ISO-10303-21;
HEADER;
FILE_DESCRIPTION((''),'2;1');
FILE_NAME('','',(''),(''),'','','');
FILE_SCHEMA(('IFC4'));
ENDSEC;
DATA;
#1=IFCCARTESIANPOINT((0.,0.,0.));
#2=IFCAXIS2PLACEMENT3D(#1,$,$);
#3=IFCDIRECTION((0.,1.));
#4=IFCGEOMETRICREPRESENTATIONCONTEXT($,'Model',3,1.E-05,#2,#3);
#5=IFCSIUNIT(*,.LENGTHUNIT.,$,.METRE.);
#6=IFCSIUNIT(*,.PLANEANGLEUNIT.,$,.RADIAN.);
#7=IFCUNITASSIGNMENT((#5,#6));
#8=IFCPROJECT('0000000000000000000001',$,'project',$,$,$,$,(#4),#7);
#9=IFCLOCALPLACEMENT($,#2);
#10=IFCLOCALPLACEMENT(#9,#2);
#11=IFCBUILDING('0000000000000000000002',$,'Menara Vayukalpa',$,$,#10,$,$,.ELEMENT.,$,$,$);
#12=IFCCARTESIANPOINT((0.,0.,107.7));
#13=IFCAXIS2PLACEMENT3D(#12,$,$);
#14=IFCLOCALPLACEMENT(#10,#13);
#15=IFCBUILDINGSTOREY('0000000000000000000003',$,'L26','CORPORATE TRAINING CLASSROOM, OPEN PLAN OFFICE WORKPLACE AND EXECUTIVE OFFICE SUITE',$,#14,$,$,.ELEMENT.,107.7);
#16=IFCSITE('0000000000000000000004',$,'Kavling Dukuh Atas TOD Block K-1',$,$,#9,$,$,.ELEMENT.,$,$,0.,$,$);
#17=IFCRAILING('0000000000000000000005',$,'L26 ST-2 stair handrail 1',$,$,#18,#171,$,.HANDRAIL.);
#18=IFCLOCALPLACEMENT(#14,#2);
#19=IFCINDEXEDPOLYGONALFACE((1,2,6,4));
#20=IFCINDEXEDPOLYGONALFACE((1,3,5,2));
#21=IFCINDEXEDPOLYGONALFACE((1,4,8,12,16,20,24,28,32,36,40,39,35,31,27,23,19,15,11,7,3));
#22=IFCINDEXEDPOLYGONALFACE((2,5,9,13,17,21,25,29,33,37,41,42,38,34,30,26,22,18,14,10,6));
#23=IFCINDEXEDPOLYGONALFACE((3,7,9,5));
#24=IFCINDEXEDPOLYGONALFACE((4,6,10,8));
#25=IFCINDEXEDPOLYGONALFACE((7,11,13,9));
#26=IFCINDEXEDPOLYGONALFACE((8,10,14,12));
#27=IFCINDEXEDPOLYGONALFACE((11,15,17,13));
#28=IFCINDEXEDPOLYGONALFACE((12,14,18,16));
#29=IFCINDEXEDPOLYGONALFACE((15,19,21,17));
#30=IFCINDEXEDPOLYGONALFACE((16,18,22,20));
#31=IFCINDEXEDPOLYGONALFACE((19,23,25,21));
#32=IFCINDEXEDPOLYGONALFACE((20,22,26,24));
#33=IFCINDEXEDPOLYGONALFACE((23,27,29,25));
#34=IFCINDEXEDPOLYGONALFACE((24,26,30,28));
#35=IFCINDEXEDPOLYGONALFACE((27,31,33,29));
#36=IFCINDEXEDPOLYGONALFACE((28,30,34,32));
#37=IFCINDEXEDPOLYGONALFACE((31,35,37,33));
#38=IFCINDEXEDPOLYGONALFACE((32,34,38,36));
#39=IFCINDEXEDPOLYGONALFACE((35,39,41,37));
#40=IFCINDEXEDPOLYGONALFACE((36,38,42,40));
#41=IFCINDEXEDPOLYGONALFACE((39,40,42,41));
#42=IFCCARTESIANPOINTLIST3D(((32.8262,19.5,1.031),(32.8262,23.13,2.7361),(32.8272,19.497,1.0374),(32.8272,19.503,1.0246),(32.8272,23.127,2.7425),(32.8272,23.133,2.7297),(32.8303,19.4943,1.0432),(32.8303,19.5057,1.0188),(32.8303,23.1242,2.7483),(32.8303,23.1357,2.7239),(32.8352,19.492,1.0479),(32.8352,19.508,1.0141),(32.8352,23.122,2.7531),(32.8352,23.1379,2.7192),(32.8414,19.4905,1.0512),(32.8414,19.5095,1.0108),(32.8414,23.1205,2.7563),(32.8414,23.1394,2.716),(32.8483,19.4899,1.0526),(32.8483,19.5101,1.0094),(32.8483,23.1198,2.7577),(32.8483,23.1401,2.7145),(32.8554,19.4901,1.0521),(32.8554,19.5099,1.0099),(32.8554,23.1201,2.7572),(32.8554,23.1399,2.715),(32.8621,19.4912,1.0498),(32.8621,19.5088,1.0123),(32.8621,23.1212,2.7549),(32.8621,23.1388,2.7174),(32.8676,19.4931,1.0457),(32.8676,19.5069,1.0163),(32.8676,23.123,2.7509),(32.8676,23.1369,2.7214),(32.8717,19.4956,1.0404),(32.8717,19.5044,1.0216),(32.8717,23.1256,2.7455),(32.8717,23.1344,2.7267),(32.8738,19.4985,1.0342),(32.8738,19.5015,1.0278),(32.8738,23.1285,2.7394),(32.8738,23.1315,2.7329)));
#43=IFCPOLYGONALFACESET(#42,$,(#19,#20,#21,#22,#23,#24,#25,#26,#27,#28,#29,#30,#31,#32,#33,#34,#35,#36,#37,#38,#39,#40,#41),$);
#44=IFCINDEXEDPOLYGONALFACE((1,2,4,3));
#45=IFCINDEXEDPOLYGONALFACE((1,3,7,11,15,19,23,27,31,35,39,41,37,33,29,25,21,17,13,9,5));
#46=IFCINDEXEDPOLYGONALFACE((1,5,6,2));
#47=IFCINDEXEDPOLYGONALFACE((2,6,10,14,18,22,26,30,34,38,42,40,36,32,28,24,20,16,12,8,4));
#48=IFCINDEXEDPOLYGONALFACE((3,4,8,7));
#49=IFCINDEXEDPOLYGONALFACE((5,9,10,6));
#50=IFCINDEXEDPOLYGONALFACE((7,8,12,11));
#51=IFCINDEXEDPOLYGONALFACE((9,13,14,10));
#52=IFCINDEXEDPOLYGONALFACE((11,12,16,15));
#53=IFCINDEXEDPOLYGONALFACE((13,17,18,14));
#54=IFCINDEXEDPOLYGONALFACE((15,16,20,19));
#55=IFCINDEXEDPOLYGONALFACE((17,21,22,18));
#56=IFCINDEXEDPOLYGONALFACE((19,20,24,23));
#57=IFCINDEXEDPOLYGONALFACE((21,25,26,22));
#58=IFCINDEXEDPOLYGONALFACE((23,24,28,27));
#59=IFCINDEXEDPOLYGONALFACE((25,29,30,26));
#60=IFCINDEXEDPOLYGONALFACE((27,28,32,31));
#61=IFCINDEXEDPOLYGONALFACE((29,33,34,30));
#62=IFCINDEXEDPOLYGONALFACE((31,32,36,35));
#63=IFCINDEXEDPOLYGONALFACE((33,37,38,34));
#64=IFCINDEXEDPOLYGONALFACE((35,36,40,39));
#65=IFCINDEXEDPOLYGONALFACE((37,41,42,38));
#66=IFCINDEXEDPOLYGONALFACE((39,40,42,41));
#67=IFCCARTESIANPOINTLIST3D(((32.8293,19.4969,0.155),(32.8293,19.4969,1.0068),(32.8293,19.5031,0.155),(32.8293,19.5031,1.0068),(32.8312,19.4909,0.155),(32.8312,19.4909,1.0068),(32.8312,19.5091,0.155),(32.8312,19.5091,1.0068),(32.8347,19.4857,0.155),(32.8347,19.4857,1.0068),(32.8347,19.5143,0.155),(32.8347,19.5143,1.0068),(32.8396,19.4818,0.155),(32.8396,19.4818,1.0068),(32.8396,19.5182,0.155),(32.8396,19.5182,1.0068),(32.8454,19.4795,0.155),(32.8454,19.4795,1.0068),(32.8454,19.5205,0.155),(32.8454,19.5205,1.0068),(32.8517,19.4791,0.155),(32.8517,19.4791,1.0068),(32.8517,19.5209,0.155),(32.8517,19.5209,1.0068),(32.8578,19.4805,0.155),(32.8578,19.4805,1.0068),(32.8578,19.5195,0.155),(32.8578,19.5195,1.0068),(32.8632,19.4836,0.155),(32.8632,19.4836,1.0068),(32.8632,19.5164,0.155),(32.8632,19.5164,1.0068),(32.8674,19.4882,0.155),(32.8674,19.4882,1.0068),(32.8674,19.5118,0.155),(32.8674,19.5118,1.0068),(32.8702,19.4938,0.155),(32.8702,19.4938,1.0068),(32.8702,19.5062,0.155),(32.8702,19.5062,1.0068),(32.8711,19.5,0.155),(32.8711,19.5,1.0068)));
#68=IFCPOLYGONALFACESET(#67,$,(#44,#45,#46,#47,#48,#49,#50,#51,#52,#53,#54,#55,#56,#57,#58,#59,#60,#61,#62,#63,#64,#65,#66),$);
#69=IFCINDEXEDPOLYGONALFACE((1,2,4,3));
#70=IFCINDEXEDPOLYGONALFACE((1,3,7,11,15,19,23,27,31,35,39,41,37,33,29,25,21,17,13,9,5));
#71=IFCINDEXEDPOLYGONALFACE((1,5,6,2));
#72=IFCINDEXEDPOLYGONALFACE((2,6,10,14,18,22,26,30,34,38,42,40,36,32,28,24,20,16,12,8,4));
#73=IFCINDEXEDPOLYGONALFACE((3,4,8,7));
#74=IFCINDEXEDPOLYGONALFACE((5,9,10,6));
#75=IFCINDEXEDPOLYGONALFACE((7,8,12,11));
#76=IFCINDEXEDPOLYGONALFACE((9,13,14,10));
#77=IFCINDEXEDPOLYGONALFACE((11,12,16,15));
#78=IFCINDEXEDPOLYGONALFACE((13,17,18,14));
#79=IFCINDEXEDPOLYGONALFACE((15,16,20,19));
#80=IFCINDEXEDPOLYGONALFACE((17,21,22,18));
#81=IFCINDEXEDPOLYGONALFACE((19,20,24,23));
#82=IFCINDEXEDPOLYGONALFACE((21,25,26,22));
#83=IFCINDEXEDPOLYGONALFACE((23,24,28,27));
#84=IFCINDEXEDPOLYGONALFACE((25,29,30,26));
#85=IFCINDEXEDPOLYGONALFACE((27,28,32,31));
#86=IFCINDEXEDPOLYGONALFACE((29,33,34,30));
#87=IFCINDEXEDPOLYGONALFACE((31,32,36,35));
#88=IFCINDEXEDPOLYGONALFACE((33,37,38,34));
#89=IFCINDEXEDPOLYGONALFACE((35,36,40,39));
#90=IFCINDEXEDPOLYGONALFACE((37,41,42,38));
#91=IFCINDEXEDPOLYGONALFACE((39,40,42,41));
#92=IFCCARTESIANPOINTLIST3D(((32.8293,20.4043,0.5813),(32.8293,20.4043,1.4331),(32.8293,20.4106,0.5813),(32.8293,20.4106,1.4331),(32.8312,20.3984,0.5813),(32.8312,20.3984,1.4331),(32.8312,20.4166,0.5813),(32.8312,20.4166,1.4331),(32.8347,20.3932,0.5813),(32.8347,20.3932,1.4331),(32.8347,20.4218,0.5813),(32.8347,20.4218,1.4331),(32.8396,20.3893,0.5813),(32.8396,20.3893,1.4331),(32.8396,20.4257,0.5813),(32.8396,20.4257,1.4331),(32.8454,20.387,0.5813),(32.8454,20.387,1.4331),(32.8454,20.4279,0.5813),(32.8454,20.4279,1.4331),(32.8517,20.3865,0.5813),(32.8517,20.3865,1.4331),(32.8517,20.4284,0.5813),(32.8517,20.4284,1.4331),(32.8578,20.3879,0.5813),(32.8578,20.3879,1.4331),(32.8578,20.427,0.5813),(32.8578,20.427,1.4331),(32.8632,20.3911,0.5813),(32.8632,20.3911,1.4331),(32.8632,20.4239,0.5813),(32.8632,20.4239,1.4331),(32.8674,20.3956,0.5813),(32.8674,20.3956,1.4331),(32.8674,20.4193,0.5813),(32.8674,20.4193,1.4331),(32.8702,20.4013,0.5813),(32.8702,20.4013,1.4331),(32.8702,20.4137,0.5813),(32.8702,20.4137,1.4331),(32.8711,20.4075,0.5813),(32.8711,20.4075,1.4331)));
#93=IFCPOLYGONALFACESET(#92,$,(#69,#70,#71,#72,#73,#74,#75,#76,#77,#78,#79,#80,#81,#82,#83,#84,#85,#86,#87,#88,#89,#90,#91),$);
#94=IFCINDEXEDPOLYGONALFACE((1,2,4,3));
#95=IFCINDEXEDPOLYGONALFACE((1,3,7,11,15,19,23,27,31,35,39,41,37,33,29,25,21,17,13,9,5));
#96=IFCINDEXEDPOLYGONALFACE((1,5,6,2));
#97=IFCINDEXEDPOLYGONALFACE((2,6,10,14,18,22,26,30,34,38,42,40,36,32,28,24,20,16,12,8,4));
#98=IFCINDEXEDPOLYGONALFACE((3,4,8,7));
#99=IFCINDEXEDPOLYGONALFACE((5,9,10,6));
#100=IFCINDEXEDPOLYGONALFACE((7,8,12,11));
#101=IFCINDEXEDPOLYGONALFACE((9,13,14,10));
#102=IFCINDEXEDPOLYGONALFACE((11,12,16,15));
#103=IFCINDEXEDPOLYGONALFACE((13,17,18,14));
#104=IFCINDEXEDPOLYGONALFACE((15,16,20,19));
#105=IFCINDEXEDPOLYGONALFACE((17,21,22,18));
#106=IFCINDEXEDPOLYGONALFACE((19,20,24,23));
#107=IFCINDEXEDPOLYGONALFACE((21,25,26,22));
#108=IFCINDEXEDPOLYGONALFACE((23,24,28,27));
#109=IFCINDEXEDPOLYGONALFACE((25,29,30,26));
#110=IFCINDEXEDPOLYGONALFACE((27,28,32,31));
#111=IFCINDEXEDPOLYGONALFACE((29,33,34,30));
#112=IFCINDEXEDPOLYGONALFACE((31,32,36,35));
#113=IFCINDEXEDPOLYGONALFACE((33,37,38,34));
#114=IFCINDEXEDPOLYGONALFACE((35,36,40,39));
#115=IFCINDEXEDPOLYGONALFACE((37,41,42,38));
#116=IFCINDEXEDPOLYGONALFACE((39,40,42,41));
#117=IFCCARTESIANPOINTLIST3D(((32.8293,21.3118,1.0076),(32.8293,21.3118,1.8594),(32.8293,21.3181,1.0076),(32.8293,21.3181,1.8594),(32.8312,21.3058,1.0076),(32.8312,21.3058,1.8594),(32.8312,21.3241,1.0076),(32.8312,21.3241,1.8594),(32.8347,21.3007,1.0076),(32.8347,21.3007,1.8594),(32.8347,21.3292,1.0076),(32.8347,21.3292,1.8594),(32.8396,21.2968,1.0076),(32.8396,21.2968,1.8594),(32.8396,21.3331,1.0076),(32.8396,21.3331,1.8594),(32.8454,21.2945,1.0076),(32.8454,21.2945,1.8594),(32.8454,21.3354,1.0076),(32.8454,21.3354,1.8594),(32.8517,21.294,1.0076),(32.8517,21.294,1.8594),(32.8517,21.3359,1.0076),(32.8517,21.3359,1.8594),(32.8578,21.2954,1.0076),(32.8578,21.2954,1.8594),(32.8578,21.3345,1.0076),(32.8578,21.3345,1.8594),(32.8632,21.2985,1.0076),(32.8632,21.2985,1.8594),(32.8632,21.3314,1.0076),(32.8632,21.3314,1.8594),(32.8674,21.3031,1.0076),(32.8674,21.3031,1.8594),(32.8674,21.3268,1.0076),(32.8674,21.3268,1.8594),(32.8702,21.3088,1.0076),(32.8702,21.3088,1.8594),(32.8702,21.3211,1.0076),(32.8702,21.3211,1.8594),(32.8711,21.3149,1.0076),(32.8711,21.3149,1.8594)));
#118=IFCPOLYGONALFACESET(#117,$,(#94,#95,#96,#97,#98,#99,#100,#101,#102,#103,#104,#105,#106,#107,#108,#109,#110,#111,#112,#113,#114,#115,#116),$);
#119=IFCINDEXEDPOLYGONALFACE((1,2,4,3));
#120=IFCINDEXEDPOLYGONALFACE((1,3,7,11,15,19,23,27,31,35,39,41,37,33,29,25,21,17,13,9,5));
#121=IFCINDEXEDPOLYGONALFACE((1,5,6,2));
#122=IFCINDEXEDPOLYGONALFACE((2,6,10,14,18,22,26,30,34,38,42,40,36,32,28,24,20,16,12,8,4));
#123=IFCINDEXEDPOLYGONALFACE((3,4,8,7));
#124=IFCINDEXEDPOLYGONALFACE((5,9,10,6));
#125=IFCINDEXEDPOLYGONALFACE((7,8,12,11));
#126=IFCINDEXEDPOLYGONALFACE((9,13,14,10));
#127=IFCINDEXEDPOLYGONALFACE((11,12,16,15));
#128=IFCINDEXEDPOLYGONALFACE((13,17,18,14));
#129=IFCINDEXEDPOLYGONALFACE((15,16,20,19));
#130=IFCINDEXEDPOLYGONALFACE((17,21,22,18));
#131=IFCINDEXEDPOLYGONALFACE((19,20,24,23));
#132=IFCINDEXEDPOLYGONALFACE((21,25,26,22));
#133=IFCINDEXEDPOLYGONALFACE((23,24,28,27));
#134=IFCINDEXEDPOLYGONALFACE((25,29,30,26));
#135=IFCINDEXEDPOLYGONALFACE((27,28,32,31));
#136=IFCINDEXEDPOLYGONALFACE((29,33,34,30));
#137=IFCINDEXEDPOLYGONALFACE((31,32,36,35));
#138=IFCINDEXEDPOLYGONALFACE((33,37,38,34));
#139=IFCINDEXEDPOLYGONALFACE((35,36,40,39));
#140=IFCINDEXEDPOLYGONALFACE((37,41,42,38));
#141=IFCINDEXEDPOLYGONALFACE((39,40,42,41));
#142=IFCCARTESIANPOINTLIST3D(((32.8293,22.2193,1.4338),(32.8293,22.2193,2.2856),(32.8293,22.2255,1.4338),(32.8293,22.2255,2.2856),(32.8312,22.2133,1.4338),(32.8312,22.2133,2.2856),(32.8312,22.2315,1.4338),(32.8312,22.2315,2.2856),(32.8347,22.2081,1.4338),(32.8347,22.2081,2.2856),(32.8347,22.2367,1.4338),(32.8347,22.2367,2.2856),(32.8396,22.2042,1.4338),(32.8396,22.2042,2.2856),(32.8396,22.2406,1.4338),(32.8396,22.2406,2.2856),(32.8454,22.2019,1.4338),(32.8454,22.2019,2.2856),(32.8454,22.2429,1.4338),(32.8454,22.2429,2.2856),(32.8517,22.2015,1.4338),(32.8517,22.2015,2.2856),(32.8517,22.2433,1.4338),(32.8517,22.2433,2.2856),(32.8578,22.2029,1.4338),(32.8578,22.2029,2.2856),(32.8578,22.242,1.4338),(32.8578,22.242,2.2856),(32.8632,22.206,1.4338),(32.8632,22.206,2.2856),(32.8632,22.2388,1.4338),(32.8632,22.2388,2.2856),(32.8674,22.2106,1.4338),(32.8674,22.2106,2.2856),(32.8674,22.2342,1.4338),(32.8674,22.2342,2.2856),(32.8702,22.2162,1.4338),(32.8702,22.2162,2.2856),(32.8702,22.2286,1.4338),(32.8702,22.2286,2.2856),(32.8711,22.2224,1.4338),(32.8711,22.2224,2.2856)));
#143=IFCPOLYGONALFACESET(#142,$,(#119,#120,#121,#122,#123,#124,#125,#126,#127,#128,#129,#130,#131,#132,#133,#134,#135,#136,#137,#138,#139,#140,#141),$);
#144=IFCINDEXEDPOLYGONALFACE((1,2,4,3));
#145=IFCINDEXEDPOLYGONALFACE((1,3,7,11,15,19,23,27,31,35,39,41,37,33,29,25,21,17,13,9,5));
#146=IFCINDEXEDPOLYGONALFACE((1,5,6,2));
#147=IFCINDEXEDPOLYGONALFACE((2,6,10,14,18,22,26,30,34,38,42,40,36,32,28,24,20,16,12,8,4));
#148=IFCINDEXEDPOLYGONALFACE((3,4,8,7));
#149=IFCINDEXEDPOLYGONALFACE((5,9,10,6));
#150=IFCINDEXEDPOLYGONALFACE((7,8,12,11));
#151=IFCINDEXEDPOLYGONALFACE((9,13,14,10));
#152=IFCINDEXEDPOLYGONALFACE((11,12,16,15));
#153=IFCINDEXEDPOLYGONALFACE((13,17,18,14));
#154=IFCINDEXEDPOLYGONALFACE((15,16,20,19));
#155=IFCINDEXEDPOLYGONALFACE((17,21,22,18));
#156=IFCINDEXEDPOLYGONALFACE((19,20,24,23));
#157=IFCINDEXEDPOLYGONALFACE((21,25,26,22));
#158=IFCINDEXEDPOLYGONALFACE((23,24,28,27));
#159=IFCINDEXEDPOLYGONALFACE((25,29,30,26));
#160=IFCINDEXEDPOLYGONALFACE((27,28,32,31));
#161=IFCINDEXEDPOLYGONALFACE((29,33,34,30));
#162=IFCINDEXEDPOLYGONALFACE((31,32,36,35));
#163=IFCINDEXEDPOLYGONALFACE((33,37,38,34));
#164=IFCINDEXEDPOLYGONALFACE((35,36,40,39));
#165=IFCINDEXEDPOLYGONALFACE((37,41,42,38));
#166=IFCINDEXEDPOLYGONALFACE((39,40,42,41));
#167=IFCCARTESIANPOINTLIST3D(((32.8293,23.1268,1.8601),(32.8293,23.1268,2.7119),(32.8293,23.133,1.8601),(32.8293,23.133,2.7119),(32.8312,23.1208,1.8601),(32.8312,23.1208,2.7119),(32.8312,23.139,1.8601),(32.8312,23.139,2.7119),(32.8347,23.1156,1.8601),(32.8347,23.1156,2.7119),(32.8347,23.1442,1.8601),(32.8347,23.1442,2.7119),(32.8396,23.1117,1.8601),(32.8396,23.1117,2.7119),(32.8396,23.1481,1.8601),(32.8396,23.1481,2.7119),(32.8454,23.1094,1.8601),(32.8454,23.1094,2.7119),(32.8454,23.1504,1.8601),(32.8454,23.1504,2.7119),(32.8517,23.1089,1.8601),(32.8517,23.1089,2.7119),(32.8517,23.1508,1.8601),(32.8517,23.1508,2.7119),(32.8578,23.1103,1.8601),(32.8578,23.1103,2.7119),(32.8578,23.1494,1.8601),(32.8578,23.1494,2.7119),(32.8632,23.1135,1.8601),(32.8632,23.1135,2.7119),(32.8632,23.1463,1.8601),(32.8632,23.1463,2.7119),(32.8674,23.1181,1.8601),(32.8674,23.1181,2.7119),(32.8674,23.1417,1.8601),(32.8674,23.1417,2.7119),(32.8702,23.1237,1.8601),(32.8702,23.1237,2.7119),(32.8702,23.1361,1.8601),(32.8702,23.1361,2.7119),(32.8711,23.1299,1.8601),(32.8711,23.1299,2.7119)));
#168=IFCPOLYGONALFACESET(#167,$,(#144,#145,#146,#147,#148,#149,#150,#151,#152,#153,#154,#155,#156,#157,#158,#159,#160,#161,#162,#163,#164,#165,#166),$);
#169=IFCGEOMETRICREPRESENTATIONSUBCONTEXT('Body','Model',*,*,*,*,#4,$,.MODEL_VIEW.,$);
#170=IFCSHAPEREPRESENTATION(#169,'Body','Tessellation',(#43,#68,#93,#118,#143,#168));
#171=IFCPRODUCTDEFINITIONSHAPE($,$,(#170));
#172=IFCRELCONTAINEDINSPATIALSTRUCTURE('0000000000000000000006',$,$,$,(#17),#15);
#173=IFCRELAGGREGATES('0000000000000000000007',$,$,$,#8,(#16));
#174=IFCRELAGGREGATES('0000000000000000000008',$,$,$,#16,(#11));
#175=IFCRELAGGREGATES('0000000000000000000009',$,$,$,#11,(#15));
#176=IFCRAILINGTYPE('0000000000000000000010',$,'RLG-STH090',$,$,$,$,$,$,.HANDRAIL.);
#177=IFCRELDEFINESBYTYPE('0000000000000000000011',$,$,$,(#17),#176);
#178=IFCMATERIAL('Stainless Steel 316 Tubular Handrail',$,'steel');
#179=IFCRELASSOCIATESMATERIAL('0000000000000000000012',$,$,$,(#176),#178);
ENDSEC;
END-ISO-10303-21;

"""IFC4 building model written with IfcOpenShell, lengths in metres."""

from ifc_helpers import new_model, si_unit, direction, frame, origin, origin_2d, place, context, subcontext, project, spatial, circle, extrude, material, type_object, element, save


model = new_model("IFC4")

# Units and contexts
model_context = context("Model", 3, precision=1e-05, world=origin(), true_north=direction((0.0, 1.0)))
body_context = subcontext(model_context, "Body", "Model", "MODEL_VIEW")
ifc_project = project(units=[si_unit("LENGTHUNIT", "METRE"), si_unit("PLANEANGLEUNIT", "RADIAN")], contexts=[model_context])

# Site, building, storey
site_placement = place(None, origin())
site = spatial("IfcSite", under=ifc_project, at=site_placement, Name="Kavling Dukuh Atas TOD Block K-1", CompositionType="ELEMENT", RefElevation=0.0)
building_placement = place(site_placement, origin())
building = spatial("IfcBuilding", under=site, at=building_placement, Name="Menara Vayukalpa", CompositionType="ELEMENT")
storey_placement = place(building_placement, frame((0.0, 0.0, 107.7)))
storey = spatial("IfcBuildingStorey", under=building, at=storey_placement, Name="L26", Description="CORPORATE TRAINING CLASSROOM, OPEN PLAN OFFICE WORKPLACE AND EXECUTIVE OFFICE SUITE", CompositionType="ELEMENT", Elevation=107.7)

# Railing
ifc_material_1 = material(Name="Stainless Steel 316 Tubular Handrail", Category="steel")
railing_type_1 = type_object("IfcRailingType", Name="RLG-STH090", PredefinedType="HANDRAIL", material=ifc_material_1)
railing_1_placement = place(storey_placement, frame((32.8501, 19.5, 0.155)))
element("IfcRailing", 1, at=railing_1_placement, inside=storey, type_object=railing_type_1, Name="L26 ST-2 stair handrail 1", PredefinedType="HANDRAIL", context=body_context, shape_type="SweptSolid", body=[
    extrude(circle(Radius=0.0239, at=origin_2d()), frame((0.0, 0.0, 0.876), z_axis=(0.0, 0.905116, 0.425164), x_axis=(-1.0, 0.0, 0.0)), (0.0, 0.0, 1.0), 4.0105),
    extrude(circle(Radius=0.021, at=origin_2d()), origin(), (0.0, 0.0, 1.0), 0.8518),
    extrude(circle(Radius=0.021, at=origin_2d()), frame((0.0, 0.9075, 0.4263)), (0.0, 0.0, 1.0), 0.8518),
    extrude(circle(Radius=0.021, at=origin_2d()), frame((0.0, 1.8149, 0.8525)), (0.0, 0.0, 1.0), 0.8518),
    extrude(circle(Radius=0.021, at=origin_2d()), frame((0.0, 2.7224, 1.2788)), (0.0, 0.0, 1.0), 0.8518),
    extrude(circle(Radius=0.021, at=origin_2d()), frame((0.0, 3.6299, 1.7051)), (0.0, 0.0, 1.0), 0.8518),
])

save(model, "model.ifc")
